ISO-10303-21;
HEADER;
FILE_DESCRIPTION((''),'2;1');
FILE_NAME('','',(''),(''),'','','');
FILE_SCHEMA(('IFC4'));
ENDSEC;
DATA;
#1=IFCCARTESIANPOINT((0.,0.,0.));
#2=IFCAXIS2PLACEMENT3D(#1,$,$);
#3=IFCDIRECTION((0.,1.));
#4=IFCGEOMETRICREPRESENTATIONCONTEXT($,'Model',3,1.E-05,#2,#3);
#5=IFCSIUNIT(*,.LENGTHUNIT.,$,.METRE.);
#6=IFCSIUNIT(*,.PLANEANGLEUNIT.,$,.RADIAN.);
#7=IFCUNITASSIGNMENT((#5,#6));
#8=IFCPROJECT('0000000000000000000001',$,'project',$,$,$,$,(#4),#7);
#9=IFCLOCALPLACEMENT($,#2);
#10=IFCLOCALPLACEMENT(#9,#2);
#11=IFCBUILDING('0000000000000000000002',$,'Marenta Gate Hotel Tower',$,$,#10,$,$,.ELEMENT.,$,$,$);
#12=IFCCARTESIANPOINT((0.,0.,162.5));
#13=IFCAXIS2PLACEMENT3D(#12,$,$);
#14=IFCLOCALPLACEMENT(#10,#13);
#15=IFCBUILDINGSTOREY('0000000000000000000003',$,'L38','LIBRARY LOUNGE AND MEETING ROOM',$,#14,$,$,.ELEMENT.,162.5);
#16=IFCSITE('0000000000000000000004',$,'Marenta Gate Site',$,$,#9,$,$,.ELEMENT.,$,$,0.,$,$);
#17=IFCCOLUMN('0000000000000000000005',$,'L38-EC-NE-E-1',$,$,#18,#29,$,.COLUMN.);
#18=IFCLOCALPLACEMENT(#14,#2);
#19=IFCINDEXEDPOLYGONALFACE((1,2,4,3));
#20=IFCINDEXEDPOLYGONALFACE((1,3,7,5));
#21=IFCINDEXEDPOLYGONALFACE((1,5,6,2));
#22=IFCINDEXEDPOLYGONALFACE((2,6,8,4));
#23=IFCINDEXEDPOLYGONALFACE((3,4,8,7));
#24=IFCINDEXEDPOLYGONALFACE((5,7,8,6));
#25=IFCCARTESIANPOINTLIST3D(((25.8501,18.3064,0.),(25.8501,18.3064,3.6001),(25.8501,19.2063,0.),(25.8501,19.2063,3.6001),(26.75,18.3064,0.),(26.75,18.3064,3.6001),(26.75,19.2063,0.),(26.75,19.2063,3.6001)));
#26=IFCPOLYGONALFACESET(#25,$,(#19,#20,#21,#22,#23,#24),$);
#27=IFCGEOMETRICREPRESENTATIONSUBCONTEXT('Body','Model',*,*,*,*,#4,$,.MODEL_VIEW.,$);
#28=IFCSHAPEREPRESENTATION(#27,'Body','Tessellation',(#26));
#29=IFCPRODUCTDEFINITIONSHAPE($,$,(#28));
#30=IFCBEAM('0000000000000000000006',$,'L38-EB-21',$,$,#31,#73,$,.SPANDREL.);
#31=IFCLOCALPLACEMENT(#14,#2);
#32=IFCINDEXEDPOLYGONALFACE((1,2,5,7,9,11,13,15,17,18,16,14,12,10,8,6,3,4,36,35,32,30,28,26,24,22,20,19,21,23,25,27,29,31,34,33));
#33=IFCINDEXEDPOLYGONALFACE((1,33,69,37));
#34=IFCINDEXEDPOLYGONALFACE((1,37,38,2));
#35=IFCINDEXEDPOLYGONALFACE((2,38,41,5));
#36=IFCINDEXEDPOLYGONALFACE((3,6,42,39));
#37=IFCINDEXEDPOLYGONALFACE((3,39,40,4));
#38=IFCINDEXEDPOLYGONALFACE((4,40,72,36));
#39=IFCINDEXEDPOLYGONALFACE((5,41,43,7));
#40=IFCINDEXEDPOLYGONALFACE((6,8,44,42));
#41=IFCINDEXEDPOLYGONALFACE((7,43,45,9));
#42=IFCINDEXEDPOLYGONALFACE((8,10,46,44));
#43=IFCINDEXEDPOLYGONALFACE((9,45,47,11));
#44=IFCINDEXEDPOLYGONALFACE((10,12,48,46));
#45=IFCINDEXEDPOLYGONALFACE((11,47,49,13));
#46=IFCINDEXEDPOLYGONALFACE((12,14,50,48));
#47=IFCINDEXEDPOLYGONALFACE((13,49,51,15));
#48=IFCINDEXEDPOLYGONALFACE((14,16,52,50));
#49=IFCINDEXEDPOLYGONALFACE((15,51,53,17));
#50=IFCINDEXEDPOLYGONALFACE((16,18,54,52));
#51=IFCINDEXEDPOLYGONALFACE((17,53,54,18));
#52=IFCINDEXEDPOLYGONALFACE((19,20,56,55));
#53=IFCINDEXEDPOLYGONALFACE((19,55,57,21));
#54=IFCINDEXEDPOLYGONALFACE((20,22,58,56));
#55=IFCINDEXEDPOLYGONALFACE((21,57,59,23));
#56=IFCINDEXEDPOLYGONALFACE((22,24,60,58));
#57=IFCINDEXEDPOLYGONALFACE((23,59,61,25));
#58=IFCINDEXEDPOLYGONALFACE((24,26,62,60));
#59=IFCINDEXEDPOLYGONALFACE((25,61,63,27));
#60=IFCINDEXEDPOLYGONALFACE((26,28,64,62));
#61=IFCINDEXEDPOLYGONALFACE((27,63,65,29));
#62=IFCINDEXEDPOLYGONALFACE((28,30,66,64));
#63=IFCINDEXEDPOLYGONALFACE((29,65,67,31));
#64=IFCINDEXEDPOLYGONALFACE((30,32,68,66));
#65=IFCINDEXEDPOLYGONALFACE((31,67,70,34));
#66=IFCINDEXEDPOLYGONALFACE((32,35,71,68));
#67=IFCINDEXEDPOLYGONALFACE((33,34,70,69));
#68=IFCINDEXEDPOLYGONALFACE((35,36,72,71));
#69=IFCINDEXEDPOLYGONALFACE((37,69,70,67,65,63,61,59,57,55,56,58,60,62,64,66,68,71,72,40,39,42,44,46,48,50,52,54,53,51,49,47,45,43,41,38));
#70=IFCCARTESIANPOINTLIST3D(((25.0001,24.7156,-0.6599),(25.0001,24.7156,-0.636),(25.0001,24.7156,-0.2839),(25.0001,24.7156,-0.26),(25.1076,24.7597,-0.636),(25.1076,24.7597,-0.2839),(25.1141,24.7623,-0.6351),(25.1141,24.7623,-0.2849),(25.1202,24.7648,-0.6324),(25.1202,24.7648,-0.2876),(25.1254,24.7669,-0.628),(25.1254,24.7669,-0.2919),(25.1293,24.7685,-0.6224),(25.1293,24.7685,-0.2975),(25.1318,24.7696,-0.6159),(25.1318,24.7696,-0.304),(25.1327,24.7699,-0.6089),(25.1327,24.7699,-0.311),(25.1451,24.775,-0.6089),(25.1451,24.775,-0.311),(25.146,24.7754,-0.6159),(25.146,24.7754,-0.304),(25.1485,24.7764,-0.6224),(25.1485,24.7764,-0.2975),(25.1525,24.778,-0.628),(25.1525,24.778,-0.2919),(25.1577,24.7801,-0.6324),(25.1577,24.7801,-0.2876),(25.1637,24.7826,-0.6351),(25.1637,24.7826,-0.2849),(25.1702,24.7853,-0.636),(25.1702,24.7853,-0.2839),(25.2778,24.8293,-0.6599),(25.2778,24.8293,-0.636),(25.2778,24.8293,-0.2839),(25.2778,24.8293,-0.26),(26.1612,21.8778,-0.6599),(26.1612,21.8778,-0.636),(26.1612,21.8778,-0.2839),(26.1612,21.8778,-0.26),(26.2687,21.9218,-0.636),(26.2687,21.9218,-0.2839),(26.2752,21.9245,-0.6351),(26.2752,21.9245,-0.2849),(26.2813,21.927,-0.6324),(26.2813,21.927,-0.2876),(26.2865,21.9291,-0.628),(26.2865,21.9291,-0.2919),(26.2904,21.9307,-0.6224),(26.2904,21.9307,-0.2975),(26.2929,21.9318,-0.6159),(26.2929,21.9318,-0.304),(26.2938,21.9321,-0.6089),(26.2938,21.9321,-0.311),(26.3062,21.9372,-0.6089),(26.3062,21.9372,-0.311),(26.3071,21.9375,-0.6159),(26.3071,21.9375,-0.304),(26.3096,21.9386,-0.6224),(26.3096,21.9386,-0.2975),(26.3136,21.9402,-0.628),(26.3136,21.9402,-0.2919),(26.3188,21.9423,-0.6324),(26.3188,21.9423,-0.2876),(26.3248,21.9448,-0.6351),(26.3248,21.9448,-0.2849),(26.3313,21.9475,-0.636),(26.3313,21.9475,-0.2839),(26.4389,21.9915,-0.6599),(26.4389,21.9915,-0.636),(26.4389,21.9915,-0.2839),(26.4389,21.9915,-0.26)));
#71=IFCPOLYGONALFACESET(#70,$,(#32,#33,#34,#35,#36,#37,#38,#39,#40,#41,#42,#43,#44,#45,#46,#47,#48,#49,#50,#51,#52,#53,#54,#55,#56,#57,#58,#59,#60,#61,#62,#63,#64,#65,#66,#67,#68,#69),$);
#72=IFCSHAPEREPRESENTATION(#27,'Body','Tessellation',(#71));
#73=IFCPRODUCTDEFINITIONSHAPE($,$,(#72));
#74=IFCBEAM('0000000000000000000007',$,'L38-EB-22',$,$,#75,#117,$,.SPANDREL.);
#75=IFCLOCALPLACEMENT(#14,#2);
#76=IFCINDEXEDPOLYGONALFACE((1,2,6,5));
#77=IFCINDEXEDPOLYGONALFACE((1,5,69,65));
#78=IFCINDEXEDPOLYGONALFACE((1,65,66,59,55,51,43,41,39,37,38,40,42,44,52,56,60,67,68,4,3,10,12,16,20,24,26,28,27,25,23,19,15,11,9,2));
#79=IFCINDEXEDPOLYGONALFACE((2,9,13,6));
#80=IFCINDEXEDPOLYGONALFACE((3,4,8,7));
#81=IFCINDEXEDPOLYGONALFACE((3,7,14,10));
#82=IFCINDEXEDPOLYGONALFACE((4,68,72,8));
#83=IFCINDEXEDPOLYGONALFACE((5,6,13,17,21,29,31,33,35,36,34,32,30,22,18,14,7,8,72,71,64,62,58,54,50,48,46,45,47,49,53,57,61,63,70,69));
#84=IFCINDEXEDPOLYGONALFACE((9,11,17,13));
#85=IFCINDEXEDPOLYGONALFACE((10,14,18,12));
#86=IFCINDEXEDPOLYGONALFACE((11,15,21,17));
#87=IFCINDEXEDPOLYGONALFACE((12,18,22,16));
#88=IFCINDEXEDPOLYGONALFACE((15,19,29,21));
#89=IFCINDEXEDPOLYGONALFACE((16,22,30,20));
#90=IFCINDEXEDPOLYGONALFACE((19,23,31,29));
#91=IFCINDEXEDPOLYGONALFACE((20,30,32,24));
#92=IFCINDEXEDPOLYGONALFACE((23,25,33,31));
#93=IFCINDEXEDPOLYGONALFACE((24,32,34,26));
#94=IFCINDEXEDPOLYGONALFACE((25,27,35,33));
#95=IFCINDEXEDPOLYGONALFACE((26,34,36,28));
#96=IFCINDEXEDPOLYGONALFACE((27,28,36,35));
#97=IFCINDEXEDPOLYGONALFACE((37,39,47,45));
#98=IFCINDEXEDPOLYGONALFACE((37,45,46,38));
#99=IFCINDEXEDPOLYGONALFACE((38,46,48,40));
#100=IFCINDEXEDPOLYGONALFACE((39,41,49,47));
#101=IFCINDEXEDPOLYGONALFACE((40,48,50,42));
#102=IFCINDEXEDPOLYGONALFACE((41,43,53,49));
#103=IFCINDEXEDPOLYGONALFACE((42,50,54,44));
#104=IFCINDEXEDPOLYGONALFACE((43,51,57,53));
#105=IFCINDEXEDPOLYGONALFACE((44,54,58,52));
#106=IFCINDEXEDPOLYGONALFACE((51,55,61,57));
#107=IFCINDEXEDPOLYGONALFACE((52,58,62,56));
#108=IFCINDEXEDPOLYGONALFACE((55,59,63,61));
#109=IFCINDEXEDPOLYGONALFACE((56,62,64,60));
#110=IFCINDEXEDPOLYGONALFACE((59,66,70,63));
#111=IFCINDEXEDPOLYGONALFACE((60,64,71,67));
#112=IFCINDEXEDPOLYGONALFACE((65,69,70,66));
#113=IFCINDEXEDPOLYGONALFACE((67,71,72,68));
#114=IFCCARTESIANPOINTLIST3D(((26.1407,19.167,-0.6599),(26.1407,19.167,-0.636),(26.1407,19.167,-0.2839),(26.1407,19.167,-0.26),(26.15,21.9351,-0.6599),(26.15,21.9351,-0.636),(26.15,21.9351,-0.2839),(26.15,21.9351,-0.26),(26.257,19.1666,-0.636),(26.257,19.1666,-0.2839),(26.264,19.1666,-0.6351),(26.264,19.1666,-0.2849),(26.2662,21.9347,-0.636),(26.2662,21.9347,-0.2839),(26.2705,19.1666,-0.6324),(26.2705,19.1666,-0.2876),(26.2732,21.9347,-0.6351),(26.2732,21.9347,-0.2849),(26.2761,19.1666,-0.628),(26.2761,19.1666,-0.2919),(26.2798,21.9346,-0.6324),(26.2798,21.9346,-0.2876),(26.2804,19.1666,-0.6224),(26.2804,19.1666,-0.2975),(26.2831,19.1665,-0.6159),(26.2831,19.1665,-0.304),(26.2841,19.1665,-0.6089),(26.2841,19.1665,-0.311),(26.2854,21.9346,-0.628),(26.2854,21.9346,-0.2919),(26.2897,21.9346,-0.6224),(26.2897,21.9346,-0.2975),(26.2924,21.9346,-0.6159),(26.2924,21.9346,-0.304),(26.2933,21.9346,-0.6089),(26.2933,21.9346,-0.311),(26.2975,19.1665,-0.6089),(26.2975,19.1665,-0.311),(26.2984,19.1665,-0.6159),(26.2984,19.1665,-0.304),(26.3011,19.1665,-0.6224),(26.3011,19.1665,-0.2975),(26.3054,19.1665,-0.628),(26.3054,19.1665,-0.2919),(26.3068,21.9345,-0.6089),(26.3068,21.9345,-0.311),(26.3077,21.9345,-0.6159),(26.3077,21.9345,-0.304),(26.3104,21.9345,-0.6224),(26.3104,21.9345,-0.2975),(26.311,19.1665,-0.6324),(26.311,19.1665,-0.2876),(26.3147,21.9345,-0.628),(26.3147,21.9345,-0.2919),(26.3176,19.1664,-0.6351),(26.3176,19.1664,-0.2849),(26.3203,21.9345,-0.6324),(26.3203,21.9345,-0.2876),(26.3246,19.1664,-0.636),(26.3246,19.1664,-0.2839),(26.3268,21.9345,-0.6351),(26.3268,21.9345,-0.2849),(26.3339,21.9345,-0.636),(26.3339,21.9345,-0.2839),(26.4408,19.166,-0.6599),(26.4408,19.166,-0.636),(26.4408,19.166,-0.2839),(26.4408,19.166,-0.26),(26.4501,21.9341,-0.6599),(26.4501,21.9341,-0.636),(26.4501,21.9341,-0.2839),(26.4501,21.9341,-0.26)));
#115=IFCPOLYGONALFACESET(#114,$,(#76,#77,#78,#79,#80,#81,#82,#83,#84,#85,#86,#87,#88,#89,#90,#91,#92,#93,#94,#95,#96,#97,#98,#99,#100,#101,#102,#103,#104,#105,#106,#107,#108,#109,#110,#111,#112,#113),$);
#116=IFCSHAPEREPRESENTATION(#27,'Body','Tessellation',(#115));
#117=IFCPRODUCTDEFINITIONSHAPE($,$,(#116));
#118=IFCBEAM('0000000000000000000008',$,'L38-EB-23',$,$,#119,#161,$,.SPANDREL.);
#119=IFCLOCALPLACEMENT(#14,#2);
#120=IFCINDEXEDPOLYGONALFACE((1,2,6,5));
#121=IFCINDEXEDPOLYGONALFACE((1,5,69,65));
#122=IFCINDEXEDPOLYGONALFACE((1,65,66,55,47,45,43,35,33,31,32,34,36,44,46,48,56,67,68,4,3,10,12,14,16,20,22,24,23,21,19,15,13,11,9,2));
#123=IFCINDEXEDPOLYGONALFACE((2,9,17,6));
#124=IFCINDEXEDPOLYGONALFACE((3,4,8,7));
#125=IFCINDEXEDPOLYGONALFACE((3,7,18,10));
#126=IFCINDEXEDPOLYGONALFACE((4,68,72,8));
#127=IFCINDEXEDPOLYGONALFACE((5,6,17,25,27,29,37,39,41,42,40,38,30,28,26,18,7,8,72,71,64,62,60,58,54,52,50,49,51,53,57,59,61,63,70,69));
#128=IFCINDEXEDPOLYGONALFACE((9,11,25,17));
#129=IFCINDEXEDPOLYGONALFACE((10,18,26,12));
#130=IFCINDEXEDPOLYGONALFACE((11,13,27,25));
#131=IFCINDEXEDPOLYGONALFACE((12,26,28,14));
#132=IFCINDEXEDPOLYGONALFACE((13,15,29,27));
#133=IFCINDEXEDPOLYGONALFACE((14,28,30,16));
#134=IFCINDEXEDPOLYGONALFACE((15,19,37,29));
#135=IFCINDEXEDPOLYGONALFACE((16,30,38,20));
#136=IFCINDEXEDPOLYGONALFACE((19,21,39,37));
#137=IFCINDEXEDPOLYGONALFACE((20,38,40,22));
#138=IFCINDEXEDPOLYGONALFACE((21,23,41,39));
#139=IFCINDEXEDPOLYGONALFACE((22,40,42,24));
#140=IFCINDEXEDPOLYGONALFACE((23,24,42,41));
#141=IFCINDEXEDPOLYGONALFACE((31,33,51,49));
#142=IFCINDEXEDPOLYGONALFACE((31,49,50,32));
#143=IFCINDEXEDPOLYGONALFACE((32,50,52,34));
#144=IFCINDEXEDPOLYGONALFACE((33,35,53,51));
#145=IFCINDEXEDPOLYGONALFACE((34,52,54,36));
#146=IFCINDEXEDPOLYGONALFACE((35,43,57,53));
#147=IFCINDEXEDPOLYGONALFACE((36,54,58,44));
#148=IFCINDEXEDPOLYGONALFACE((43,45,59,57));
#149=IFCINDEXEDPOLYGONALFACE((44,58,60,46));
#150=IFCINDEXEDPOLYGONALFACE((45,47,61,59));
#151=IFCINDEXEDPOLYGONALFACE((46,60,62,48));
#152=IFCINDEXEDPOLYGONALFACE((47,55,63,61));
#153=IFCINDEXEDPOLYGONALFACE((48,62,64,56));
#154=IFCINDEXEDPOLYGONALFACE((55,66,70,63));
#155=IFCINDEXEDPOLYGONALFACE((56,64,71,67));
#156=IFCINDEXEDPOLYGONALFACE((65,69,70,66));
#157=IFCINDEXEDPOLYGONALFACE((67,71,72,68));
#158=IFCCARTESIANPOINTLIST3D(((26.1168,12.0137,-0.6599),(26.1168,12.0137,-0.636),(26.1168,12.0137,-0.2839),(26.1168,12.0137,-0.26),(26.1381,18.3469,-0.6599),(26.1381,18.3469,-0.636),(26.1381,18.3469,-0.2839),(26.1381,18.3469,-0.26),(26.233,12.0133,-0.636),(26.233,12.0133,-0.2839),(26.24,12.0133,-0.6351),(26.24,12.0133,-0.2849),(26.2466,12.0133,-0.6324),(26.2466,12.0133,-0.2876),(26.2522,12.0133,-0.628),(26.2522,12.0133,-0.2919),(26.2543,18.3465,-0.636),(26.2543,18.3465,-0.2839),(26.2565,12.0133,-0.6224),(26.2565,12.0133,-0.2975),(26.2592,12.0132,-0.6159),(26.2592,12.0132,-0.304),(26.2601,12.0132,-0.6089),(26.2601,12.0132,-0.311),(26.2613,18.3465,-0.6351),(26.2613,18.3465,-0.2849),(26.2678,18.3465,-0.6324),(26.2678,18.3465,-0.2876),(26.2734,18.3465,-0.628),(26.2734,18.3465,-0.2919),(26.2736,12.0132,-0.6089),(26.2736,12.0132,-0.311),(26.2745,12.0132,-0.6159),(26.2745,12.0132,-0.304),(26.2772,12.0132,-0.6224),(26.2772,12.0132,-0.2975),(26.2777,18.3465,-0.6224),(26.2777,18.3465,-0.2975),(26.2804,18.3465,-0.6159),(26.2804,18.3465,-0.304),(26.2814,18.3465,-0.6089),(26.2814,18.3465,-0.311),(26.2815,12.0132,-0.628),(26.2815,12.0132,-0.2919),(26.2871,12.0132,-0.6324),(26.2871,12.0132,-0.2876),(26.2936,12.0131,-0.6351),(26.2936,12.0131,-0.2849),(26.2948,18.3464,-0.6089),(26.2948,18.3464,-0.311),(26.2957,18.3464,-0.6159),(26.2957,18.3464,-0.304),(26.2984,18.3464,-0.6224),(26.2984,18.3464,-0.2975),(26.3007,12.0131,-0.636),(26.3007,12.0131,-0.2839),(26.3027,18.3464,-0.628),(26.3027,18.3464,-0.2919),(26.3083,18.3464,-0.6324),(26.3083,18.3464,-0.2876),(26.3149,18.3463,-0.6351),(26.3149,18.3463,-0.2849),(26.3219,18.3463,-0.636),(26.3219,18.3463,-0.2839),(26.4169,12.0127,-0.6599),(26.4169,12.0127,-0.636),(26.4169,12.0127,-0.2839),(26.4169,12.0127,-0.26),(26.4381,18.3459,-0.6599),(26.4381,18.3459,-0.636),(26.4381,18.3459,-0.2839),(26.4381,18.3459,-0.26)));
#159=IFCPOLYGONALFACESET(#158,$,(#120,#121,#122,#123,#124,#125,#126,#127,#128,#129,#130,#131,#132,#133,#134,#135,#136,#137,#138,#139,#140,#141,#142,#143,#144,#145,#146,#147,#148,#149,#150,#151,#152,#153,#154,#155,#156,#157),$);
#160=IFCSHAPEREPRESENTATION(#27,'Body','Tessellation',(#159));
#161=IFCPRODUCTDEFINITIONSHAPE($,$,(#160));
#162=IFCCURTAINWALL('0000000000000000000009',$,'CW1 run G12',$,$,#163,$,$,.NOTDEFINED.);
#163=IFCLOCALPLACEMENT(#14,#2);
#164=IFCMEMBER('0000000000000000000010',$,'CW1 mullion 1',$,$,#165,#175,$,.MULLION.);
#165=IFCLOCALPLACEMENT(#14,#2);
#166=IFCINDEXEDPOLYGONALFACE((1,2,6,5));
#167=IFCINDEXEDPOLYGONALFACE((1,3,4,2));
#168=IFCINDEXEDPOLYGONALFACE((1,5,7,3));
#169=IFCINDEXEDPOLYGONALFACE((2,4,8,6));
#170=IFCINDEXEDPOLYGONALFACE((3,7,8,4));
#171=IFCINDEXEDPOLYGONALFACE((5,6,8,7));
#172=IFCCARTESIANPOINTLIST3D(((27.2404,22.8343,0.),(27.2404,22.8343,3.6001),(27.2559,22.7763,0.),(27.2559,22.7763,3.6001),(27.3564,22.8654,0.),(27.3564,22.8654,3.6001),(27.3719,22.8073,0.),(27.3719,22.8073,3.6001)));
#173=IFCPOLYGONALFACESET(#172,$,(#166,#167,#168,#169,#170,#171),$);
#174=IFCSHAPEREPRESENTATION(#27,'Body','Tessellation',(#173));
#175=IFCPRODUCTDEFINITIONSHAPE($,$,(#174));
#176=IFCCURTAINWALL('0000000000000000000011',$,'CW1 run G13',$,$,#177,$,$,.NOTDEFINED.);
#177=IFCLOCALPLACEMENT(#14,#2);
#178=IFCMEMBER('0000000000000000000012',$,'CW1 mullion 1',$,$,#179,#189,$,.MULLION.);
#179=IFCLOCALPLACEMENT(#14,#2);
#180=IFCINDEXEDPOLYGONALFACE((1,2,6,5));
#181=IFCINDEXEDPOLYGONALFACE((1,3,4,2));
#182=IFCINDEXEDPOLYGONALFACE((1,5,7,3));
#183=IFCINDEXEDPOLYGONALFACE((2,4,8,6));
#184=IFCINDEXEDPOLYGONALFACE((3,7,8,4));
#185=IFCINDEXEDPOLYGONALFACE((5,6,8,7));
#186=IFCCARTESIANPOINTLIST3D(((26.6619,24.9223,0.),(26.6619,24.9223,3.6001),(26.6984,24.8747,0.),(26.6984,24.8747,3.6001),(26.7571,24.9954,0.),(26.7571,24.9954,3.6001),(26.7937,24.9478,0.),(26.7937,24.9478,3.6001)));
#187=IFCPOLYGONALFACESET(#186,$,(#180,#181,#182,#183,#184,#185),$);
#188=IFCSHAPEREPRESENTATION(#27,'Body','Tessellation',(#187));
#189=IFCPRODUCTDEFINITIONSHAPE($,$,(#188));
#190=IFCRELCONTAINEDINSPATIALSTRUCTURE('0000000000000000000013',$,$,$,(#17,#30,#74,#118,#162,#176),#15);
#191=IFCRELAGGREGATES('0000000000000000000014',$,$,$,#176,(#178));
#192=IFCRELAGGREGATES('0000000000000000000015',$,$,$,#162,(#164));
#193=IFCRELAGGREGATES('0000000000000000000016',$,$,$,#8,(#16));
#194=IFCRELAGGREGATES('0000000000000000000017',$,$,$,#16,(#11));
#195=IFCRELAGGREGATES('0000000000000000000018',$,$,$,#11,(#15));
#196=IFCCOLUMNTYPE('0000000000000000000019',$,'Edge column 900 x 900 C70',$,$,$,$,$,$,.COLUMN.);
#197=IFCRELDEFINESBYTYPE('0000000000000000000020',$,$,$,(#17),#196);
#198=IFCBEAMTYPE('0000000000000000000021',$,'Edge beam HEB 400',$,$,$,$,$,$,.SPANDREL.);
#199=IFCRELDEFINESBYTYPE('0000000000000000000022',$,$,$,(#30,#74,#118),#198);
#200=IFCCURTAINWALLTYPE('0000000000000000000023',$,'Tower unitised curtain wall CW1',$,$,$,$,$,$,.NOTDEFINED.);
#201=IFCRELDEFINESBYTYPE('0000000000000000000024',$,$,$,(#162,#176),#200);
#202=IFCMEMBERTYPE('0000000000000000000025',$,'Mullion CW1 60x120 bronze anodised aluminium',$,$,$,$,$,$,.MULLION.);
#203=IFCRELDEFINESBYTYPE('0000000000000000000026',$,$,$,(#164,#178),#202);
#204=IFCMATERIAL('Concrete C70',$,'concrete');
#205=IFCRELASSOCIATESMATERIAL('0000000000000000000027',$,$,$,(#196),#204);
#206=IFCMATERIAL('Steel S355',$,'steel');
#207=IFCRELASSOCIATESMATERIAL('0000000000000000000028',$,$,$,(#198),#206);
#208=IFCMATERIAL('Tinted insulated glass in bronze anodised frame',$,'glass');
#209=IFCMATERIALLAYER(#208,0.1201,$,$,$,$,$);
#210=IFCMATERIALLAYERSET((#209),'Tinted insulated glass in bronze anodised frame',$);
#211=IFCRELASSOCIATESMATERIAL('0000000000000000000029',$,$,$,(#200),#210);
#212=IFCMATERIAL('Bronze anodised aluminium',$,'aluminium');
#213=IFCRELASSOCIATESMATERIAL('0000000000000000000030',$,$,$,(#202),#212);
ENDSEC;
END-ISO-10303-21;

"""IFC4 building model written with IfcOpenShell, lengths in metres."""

from ifc_helpers import new_model, si_unit, direction, frame, origin, origin_2d, place, context, subcontext, project, spatial, rectangle, i_section, extrude, material, layer, layer_set, material_profile, profile_set, type_object, element, aggregate, save


model = new_model("IFC4")

# Units and contexts
model_context = context("Model", 3, precision=1e-05, world=origin(), true_north=direction((0.0, 1.0)))
body_context = subcontext(model_context, "Body", "Model", "MODEL_VIEW")
ifc_project = project(units=[si_unit("LENGTHUNIT", "METRE"), si_unit("PLANEANGLEUNIT", "RADIAN")], contexts=[model_context])

# Site, building, storey
site_placement = place(None, origin())
site = spatial("IfcSite", under=ifc_project, at=site_placement, Name="Marenta Gate Site", CompositionType="ELEMENT", RefElevation=0.0)
building_placement = place(site_placement, origin())
building = spatial("IfcBuilding", under=site, at=building_placement, Name="Marenta Gate Hotel Tower", CompositionType="ELEMENT")
storey_placement = place(building_placement, frame((0.0, 0.0, 162.5)))
storey = spatial("IfcBuildingStorey", under=building, at=storey_placement, Name="L38", Description="LIBRARY LOUNGE AND MEETING ROOM", CompositionType="ELEMENT", Elevation=162.5)

# Column
ifc_material_1 = material(Name="Concrete C70", Category="concrete")
ifc_material_profile_1 = material_profile(ifc_material_1, rectangle(XDim=0.8999, YDim=0.8999, at=origin_2d()), Name="900 x 900")
ifc_profile_set_1 = profile_set([ifc_material_profile_1], Name="Concrete C70")
column_type = type_object("IfcColumnType", Name="Edge column 900 x 900 C70", PredefinedType="COLUMN", material=ifc_profile_set_1)
column_placement = place(storey_placement, frame((26.3, 18.7563, 0.0), z_axis=(0.0, 0.0, 1.0), x_axis=(1.0, 0.0, 0.0)))
element("IfcColumn", 1, at=column_placement, inside=storey, type_object=column_type, Name="L38-EC-NE-E-1", PredefinedType="COLUMN", context=body_context, shape_type="SweptSolid", body=[
    extrude(rectangle(XDim=0.8999, YDim=0.8999, at=origin_2d()), origin(), (0.0, 0.0, 1.0), 3.6001),
])

# Beams
ifc_material_2 = material(Name="Steel S355", Category="steel")
ifc_material_profile_2 = material_profile(ifc_material_2, i_section(OverallWidth=0.3, OverallDepth=0.3999, WebThickness=0.0134, FlangeThickness=0.0239, FilletRadius=0.0271, at=origin_2d()), Name="HEB 400")
ifc_profile_set_2 = profile_set([ifc_material_profile_2], Name="Steel S355")
beam_type = type_object("IfcBeamType", Name="Edge beam HEB 400", PredefinedType="SPANDREL", material=ifc_profile_set_2)
beam_1_placement = place(storey_placement, frame((25.1389, 24.7725, -0.46), z_axis=(0.378682, -0.925527, 0.0), x_axis=(0.925527, 0.378682, 0.0)))
element("IfcBeam", 2, at=beam_1_placement, inside=storey, type_object=beam_type, Name="L38-EB-21", PredefinedType="SPANDREL", context=body_context, shape_type="SweptSolid", body=[
    extrude(i_section(OverallWidth=0.3, OverallDepth=0.3999, WebThickness=0.0134, FlangeThickness=0.0239, FilletRadius=0.0271, at=origin_2d()), origin(), (0.0, 0.0, 1.0), 3.0662),
])
beam_2_placement = place(storey_placement, frame((26.3, 21.9346, -0.46), z_axis=(-0.003352, -0.999994, 0.0), x_axis=(0.999994, -0.003352, 0.0)))
element("IfcBeam", 3, at=beam_2_placement, inside=storey, type_object=beam_type, Name="L38-EB-22", PredefinedType="SPANDREL", context=body_context, shape_type="SweptSolid", body=[
    extrude(i_section(OverallWidth=0.3, OverallDepth=0.3999, WebThickness=0.0134, FlangeThickness=0.0239, FilletRadius=0.0271, at=origin_2d()), origin(), (0.0, 0.0, 1.0), 2.7681),
])
beam_3_placement = place(storey_placement, frame((26.2881, 18.3464, -0.46), z_axis=(-0.003354, -0.999994, 0.0), x_axis=(0.999994, -0.003354, 0.0)))
element("IfcBeam", 4, at=beam_3_placement, inside=storey, type_object=beam_type, Name="L38-EB-23", PredefinedType="SPANDREL", context=body_context, shape_type="SweptSolid", body=[
    extrude(i_section(OverallWidth=0.3, OverallDepth=0.3999, WebThickness=0.0134, FlangeThickness=0.0239, FilletRadius=0.0271, at=origin_2d()), origin(), (0.0, 0.0, 1.0), 6.3333),
])

# Curtain walls, members
ifc_material_3 = material(Name="Tinted insulated glass in bronze anodised frame", Category="glass")
ifc_layer_1 = layer(ifc_material_3, 0.1201)
ifc_layer_set_1 = layer_set([ifc_layer_1], Name="Tinted insulated glass in bronze anodised frame")
curtain_wall_type = type_object("IfcCurtainWallType", Name="Tower unitised curtain wall CW1", PredefinedType="NOTDEFINED", material=ifc_layer_set_1)
curtain_wall_1_placement = place(storey_placement, origin())
curtain_wall_1 = element("IfcCurtainWall", 5, at=curtain_wall_1_placement, inside=storey, type_object=curtain_wall_type, Name="CW1 run G12", PredefinedType="NOTDEFINED")
ifc_material_4 = material(Name="Bronze anodised aluminium", Category="aluminium")
ifc_material_profile_3 = material_profile(ifc_material_4, rectangle(XDim=0.1201, YDim=0.0601, at=origin_2d()), Name="Mullion CW1 60x120 bronze anodised aluminium")
ifc_profile_set_3 = profile_set([ifc_material_profile_3], Name="Bronze anodised aluminium")
member_type_1 = type_object("IfcMemberType", Name="Mullion CW1 60x120 bronze anodised aluminium", PredefinedType="MULLION", material=ifc_profile_set_3)
member_1_placement = place(storey_placement, frame((27.3062, 22.8208, 0.0), z_axis=(0.0, 0.0, 1.0), x_axis=(-0.965925, -0.258823, 0.0)))
member_1 = element("IfcMember", 6, at=member_1_placement, type_object=member_type_1, Name="CW1 mullion 1", PredefinedType="MULLION", context=body_context, shape_type="SweptSolid", body=[
    extrude(rectangle(XDim=0.1201, YDim=0.0601, at=origin_2d()), origin(), (0.0, 0.0, 1.0), 3.6001),
])
curtain_wall_2_placement = place(storey_placement, origin())
curtain_wall_2 = element("IfcCurtainWall", 7, at=curtain_wall_2_placement, inside=storey, type_object=curtain_wall_type, Name="CW1 run G13", PredefinedType="NOTDEFINED")
member_2_placement = place(storey_placement, frame((26.7278, 24.9351, 0.0), z_axis=(0.0, 0.0, 1.0), x_axis=(-0.793327, -0.608796, 0.0)))
member_2 = element("IfcMember", 8, at=member_2_placement, type_object=member_type_1, Name="CW1 mullion 1", PredefinedType="MULLION", context=body_context, shape_type="SweptSolid", body=[
    extrude(rectangle(XDim=0.1201, YDim=0.0601, at=origin_2d()), origin(), (0.0, 0.0, 1.0), 3.6001),
])
aggregate(curtain_wall_2, [member_2])

aggregate(curtain_wall_1, [member_1])

save(model, "model.ifc")
